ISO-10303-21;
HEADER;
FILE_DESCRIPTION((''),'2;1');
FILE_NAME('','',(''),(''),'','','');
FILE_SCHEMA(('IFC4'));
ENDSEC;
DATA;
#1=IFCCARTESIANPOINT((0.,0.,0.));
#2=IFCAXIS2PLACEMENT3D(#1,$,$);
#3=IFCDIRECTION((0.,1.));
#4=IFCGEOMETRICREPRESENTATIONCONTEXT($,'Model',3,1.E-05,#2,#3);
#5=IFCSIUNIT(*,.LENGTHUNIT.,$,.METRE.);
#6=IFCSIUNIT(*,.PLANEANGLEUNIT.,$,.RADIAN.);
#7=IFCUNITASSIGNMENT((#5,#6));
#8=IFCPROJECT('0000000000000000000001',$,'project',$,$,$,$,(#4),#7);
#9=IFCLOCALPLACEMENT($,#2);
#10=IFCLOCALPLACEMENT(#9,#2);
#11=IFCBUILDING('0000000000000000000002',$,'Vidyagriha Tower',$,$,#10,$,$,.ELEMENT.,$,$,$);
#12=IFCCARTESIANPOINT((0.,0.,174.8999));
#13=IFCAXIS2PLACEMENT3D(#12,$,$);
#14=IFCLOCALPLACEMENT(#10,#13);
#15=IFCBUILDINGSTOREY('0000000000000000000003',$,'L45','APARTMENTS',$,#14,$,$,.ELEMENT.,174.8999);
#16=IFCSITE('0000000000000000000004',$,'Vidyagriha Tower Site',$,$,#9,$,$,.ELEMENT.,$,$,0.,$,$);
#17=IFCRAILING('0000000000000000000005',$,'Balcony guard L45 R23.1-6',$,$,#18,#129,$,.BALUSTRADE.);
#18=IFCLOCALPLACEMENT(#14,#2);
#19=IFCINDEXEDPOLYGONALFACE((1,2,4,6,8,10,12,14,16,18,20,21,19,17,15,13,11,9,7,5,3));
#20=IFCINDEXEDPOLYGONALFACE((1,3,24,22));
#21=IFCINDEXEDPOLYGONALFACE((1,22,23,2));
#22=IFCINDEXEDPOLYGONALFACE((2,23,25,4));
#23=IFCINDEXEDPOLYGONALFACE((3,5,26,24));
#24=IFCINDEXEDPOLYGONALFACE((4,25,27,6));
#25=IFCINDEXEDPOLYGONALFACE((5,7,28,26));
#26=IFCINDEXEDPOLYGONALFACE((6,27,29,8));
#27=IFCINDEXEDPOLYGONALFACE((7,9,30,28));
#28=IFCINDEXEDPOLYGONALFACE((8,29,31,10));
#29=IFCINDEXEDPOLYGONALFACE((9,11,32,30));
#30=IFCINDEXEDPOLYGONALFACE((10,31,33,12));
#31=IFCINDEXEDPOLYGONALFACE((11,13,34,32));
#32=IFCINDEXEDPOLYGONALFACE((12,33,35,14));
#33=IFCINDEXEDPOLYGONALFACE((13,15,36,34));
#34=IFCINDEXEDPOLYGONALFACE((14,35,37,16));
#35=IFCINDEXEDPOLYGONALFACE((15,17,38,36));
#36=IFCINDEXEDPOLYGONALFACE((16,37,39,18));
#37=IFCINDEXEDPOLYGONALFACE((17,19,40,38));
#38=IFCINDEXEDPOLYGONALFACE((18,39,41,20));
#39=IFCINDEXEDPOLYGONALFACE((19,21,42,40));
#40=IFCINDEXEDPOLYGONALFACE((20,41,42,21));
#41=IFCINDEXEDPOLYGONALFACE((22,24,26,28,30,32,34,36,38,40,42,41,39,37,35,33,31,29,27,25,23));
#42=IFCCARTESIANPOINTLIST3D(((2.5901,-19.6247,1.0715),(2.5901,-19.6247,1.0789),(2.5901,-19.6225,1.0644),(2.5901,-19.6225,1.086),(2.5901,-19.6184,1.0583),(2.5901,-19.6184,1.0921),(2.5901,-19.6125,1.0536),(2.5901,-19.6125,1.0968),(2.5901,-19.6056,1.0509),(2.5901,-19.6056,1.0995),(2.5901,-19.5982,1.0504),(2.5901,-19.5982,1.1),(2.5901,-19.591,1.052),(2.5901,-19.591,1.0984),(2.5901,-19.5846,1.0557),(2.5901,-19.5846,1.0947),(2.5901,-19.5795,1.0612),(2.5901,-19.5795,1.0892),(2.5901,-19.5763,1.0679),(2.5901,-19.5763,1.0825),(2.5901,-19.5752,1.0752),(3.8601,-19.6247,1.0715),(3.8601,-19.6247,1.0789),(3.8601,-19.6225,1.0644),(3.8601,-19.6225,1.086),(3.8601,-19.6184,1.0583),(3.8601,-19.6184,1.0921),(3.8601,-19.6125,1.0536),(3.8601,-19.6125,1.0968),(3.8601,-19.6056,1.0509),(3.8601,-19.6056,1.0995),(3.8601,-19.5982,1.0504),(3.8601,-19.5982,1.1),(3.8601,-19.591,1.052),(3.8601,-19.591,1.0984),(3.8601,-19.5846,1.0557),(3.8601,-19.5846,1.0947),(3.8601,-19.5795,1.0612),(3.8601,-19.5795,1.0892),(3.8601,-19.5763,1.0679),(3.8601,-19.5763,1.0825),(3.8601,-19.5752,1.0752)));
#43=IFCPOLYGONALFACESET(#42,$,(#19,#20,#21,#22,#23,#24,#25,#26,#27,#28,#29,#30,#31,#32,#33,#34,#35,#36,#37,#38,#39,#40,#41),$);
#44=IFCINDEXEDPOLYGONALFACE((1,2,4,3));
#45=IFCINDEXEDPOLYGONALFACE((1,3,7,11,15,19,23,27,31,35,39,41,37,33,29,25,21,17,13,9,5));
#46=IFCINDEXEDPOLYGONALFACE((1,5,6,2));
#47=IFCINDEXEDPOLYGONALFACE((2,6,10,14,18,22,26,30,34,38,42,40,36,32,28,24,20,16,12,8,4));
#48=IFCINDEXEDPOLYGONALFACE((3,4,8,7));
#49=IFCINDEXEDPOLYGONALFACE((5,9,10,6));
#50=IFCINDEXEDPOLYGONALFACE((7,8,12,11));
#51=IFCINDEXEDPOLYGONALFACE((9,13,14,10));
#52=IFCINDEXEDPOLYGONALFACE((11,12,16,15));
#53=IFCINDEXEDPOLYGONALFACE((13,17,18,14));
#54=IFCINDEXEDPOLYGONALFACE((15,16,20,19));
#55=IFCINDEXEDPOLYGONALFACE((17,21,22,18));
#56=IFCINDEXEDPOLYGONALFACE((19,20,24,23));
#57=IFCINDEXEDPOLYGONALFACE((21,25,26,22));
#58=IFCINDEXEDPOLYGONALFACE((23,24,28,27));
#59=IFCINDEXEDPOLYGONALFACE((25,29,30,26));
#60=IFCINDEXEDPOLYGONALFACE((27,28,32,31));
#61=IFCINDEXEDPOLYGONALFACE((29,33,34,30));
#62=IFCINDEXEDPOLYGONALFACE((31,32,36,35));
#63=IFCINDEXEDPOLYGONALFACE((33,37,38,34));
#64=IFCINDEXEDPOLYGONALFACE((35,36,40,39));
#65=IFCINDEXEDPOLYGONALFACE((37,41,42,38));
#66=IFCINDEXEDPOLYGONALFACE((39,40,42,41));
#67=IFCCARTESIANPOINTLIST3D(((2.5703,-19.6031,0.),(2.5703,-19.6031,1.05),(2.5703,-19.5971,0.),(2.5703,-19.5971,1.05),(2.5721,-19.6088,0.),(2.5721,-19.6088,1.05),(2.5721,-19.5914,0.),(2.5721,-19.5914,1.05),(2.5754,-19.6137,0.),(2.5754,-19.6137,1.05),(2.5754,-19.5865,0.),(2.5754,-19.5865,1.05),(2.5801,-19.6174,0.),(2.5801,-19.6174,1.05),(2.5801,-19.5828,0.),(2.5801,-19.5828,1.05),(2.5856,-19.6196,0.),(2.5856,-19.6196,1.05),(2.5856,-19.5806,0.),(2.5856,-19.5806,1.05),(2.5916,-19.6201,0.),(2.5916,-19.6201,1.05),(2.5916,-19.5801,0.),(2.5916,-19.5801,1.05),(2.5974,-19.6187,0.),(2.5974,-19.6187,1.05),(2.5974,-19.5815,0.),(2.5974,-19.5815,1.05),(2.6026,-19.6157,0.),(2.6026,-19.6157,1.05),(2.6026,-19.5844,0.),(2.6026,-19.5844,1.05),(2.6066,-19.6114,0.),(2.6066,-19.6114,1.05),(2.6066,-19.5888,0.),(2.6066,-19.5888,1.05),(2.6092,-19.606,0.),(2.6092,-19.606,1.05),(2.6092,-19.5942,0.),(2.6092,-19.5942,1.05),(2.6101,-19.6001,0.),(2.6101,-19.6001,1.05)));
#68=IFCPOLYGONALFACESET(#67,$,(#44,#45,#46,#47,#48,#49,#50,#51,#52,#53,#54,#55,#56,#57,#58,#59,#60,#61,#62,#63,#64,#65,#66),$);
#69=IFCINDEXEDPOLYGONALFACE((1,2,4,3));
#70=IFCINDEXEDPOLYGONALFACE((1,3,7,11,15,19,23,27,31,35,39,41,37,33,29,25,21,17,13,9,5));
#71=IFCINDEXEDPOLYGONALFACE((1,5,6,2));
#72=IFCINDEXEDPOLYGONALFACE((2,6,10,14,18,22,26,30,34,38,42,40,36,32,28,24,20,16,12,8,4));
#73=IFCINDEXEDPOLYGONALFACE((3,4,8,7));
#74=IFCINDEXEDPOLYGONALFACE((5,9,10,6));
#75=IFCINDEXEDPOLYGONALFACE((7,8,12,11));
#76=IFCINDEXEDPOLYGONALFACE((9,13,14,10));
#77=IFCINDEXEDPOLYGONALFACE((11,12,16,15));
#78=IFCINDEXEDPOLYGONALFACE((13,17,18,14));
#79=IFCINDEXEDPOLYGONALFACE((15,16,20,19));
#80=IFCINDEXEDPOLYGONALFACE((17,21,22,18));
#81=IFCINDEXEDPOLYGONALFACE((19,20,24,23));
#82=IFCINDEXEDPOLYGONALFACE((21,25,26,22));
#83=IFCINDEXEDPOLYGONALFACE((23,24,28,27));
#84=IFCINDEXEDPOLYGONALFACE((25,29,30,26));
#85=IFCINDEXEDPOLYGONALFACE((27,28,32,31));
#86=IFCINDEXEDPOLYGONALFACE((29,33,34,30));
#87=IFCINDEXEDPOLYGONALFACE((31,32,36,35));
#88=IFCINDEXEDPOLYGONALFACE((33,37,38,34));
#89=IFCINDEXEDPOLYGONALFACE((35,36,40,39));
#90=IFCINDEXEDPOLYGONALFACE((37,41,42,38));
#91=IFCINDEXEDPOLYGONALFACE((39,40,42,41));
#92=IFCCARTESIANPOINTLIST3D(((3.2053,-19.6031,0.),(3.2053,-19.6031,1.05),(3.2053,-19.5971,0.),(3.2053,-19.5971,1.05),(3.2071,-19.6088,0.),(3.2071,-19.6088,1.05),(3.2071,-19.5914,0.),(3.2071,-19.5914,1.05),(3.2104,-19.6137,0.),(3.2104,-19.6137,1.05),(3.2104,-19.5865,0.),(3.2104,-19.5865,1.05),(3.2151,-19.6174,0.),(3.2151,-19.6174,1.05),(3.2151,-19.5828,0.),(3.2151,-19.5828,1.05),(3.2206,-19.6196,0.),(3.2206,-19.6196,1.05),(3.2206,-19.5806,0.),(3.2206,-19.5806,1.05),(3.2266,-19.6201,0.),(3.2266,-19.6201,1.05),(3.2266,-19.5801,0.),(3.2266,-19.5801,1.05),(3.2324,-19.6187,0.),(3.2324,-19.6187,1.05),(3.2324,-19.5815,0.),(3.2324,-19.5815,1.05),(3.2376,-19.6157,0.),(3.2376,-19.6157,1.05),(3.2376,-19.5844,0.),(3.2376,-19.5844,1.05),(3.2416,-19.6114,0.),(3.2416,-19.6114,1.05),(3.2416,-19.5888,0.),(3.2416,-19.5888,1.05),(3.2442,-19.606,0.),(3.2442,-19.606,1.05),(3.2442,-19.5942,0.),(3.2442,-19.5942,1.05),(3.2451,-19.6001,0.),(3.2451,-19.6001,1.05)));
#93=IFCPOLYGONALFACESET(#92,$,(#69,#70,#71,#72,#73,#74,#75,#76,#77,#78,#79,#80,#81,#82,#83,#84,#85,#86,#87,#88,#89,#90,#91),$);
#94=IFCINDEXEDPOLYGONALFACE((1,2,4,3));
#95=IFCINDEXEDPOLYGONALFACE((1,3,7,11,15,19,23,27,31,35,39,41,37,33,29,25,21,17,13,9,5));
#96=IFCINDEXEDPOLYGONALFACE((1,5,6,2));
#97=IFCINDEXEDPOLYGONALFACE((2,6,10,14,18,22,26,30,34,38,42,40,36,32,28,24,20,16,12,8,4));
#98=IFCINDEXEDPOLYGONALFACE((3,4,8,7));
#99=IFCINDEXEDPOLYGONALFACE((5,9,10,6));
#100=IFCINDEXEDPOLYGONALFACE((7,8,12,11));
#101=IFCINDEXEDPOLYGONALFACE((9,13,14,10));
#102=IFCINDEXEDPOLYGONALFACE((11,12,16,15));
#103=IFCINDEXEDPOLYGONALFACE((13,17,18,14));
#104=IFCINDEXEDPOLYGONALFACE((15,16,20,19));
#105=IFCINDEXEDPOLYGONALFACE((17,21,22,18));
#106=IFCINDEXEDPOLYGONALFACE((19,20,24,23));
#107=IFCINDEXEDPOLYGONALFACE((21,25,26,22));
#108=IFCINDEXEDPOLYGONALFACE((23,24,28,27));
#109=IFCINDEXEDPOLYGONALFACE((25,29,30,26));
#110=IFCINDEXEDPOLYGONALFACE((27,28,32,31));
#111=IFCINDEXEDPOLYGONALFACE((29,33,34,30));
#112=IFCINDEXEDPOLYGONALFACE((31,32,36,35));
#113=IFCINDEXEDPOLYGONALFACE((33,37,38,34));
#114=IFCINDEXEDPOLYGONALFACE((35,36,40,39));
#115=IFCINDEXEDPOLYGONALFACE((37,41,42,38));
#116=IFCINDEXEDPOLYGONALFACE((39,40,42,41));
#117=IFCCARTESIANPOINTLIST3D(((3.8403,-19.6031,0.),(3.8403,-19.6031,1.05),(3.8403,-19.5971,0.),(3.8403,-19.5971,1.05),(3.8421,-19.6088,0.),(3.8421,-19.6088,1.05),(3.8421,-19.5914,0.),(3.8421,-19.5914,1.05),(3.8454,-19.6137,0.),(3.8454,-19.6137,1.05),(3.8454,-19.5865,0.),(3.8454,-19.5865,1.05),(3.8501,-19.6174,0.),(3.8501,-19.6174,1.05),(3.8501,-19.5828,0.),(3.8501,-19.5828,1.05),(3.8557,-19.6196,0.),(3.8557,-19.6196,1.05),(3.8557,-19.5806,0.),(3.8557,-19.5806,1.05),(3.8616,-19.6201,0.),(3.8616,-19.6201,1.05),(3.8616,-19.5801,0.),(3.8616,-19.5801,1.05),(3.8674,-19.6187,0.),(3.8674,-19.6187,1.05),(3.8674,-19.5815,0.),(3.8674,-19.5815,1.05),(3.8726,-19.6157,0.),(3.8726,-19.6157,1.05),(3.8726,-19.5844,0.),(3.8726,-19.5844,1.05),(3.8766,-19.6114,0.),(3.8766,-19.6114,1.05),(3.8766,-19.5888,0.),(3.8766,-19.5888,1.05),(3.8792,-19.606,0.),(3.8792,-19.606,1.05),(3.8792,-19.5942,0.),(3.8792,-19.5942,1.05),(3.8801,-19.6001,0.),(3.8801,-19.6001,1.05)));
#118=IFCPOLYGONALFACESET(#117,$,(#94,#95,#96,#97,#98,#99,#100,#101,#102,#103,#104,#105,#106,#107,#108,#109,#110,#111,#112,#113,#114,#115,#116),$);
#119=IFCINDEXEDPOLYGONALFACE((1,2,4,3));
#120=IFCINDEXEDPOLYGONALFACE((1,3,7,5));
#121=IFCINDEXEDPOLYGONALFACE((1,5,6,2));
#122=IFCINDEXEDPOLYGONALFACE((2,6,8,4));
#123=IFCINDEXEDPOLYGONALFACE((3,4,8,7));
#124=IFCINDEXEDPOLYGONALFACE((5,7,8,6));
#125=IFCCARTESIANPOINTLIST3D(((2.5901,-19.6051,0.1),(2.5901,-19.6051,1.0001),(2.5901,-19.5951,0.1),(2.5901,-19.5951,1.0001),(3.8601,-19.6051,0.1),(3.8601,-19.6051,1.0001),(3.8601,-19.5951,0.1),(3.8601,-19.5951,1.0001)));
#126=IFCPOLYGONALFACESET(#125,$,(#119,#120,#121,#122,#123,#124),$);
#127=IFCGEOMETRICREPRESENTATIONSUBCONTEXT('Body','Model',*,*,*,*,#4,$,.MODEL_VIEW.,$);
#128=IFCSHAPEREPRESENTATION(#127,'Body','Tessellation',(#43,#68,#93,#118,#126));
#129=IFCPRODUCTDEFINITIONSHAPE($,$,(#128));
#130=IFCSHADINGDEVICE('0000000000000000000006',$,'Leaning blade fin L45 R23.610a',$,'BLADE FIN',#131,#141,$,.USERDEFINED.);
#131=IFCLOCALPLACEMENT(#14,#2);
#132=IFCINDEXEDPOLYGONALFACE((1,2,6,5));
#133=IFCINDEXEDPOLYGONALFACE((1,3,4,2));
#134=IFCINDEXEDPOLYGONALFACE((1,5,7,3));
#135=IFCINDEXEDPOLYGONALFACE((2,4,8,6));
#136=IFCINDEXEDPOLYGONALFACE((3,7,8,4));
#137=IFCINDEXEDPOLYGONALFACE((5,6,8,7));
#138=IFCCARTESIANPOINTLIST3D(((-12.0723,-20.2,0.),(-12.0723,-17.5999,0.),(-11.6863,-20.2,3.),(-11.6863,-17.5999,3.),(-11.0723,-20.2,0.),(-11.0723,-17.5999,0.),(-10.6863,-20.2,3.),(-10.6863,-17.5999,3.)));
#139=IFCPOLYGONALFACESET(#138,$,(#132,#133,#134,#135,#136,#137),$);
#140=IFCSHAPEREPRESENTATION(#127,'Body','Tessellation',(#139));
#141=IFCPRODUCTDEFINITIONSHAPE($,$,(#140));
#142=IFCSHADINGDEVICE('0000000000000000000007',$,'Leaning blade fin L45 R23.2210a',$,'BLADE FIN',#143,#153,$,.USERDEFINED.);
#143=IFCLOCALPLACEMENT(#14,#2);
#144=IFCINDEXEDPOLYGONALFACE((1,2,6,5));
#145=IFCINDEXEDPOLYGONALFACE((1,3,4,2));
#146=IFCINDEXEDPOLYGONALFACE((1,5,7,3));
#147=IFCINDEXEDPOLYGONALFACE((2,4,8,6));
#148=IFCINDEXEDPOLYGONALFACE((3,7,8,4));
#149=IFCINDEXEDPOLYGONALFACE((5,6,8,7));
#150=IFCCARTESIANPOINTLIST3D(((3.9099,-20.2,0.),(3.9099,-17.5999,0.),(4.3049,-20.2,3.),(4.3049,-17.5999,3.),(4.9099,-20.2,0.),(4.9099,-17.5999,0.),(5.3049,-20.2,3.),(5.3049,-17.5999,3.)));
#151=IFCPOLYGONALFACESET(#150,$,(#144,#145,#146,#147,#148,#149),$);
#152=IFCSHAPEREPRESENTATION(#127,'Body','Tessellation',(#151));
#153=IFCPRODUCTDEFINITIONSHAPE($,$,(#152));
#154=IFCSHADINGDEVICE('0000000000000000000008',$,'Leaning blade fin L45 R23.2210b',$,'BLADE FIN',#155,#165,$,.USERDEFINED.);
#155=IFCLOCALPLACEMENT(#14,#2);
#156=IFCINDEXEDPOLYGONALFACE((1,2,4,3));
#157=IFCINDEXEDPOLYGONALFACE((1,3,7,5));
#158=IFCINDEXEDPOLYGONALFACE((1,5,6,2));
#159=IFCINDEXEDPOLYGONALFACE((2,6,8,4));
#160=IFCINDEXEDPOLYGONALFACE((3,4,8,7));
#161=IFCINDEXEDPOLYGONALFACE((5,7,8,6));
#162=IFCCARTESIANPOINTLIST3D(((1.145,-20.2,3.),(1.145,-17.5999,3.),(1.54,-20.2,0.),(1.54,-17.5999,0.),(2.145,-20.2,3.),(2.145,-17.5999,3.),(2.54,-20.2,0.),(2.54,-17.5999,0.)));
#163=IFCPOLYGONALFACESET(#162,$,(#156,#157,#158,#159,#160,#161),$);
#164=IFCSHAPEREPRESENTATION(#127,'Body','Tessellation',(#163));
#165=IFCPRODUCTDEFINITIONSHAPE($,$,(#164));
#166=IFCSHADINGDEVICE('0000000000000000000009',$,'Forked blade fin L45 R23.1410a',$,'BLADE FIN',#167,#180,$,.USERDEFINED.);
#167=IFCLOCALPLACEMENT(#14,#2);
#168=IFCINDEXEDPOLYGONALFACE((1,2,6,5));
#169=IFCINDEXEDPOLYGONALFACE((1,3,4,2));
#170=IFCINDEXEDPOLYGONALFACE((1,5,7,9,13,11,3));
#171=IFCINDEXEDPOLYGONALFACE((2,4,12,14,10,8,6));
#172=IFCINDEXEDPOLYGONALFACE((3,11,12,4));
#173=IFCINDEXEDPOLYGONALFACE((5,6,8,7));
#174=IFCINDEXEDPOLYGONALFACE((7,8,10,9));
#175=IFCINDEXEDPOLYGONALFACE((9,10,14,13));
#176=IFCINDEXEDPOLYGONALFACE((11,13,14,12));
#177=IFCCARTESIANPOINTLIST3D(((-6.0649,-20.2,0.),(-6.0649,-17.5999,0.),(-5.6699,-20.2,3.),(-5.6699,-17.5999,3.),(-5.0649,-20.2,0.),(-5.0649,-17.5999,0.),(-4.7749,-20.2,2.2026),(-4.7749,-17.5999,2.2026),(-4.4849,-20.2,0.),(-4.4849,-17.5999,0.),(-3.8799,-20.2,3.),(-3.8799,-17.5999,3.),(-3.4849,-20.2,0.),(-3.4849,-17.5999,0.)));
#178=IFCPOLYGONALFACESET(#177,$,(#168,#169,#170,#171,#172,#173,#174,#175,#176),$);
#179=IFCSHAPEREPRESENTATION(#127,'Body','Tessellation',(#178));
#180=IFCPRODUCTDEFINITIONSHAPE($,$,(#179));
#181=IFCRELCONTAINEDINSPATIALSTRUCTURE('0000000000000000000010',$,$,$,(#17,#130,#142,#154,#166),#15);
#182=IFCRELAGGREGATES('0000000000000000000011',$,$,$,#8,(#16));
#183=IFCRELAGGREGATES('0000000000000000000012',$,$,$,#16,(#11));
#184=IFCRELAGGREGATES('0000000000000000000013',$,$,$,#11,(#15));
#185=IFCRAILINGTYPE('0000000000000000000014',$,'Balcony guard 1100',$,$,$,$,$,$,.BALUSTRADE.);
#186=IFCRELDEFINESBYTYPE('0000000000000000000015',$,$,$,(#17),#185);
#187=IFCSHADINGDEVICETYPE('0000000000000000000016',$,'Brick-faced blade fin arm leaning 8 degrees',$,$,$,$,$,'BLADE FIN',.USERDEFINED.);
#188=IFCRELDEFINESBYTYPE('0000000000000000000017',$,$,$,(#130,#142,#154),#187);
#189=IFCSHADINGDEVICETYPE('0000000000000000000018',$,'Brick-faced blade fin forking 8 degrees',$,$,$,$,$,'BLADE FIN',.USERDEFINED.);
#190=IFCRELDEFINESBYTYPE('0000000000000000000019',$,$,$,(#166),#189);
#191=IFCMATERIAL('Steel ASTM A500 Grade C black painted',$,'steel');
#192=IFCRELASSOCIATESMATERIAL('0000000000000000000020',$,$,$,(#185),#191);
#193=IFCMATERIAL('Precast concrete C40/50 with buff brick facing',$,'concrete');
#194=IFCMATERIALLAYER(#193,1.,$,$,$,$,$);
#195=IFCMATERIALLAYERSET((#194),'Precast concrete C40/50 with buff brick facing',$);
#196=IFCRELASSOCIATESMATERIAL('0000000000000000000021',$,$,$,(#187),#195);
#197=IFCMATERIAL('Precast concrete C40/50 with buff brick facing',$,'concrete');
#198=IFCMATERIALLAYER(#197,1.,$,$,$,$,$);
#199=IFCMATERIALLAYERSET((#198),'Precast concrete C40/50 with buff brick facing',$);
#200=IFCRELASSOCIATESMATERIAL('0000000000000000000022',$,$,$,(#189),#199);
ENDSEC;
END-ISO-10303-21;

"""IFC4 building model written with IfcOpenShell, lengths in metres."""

from ifc_helpers import new_model, si_unit, direction, frame, origin, origin_2d, place, context, subcontext, project, spatial, polyline, rectangle, circle, outline, extrude, material, layer, layer_set, type_object, element, save


model = new_model("IFC4")

# Units and contexts
model_context = context("Model", 3, precision=1e-05, world=origin(), true_north=direction((0.0, 1.0)))
body_context = subcontext(model_context, "Body", "Model", "MODEL_VIEW")
ifc_project = project(units=[si_unit("LENGTHUNIT", "METRE"), si_unit("PLANEANGLEUNIT", "RADIAN")], contexts=[model_context])

# Site, building, storey
site_placement = place(None, origin())
site = spatial("IfcSite", under=ifc_project, at=site_placement, Name="Vidyagriha Tower Site", CompositionType="ELEMENT", RefElevation=0.0)
building_placement = place(site_placement, origin())
building = spatial("IfcBuilding", under=site, at=building_placement, Name="Vidyagriha Tower", CompositionType="ELEMENT")
storey_placement = place(building_placement, frame((0.0, 0.0, 174.8999)))
storey = spatial("IfcBuildingStorey", under=building, at=storey_placement, Name="L45", Description="APARTMENTS", CompositionType="ELEMENT", Elevation=174.8999)

# Railing
ifc_material_1 = material(Name="Steel ASTM A500 Grade C black painted", Category="steel")
railing_type = type_object("IfcRailingType", Name="Balcony guard 1100", PredefinedType="BALUSTRADE", material=ifc_material_1)
railing_1_placement = place(storey_placement, frame((2.5901, -19.6001, 0.0)))
element("IfcRailing", 1, at=railing_1_placement, inside=storey, type_object=railing_type, Name="Balcony guard L45 R23.1-6", PredefinedType="BALUSTRADE", context=body_context, shape_type="SweptSolid", body=[
    extrude(circle(Radius=0.0249, at=origin_2d()), frame((0.0, 0.0, 1.0752), z_axis=(1.0, 0.0, 0.0), x_axis=(0.0, 1.0, 0.0)), (0.0, 0.0, 1.0), 1.27),
    extrude(circle(Radius=0.02, at=origin_2d()), origin(), (0.0, 0.0, 1.0), 1.05),
    extrude(circle(Radius=0.02, at=origin_2d()), frame((0.635, 0.0, 0.0)), (0.0, 0.0, 1.0), 1.05),
    extrude(circle(Radius=0.02, at=origin_2d()), frame((1.27, 0.0, 0.0)), (0.0, 0.0, 1.0), 1.05),
    extrude(rectangle(XDim=0.01, YDim=0.9001, at=origin_2d()), frame((0.0, 0.0, 0.55), z_axis=(1.0, 0.0, 0.0), x_axis=(0.0, 1.0, 0.0)), (0.0, 0.0, 1.0), 1.27),
])

# Shading devices
ifc_material_2 = material(Name="Precast concrete C40/50 with buff brick facing", Category="concrete")
ifc_layer_1 = layer(ifc_material_2, 1.0)
ifc_layer_set_1 = layer_set([ifc_layer_1], Name="Precast concrete C40/50 with buff brick facing")
shading_device_type_1 = type_object("IfcShadingDeviceType", Name="Brick-faced blade fin arm leaning 8 degrees", ElementType="BLADE FIN", PredefinedType="USERDEFINED", material=ifc_layer_set_1)
shading_device_1_placement = place(storey_placement, frame((-12.0723, -18.8999, 0.0)))
element("IfcShadingDevice", 2, at=shading_device_1_placement, inside=storey, type_object=shading_device_type_1, Name="Leaning blade fin L45 R23.610a", ObjectType="BLADE FIN", PredefinedType="USERDEFINED", context=body_context, shape_type="SweptSolid", body=[
    extrude(outline(polyline([(0.0, 0.0), (1.0, 0.0), (1.386, 3.0), (0.386, 3.0), (0.0, 0.0)])), frame((0.0, 1.3, 0.0), z_axis=(0.0, -1.0, 0.0), x_axis=(1.0, 0.0, 0.0)), (0.0, 0.0, 1.0), 2.6001),
])
shading_device_2_placement = place(storey_placement, frame((3.9099, -18.8999, 0.0)))
element("IfcShadingDevice", 3, at=shading_device_2_placement, inside=storey, type_object=shading_device_type_1, Name="Leaning blade fin L45 R23.2210a", ObjectType="BLADE FIN", PredefinedType="USERDEFINED", context=body_context, shape_type="SweptSolid", body=[
    extrude(outline(polyline([(0.0, 0.0), (1.0, 0.0), (1.395, 3.0), (0.395, 3.0), (0.0, 0.0)])), frame((0.0, 1.3, 0.0), z_axis=(0.0, -1.0, 0.0), x_axis=(1.0, 0.0, 0.0)), (0.0, 0.0, 1.0), 2.6001),
])
shading_device_3_placement = place(storey_placement, frame((1.145, -18.8999, 0.0)))
element("IfcShadingDevice", 4, at=shading_device_3_placement, inside=storey, type_object=shading_device_type_1, Name="Leaning blade fin L45 R23.2210b", ObjectType="BLADE FIN", PredefinedType="USERDEFINED", context=body_context, shape_type="SweptSolid", body=[
    extrude(outline(polyline([(0.395, 0.0), (1.395, 0.0), (1.0, 3.0), (0.0, 3.0), (0.395, 0.0)])), frame((0.0, 1.3, 0.0), z_axis=(0.0, -1.0, 0.0), x_axis=(1.0, 0.0, 0.0)), (0.0, 0.0, 1.0), 2.6001),
])
ifc_material_3 = material(Name="Precast concrete C40/50 with buff brick facing", Category="concrete")
ifc_layer_2 = layer(ifc_material_3, 1.0)
ifc_layer_set_2 = layer_set([ifc_layer_2], Name="Precast concrete C40/50 with buff brick facing")
shading_device_type_2 = type_object("IfcShadingDeviceType", Name="Brick-faced blade fin forking 8 degrees", ElementType="BLADE FIN", PredefinedType="USERDEFINED", material=ifc_layer_set_2)
shading_device_4_placement = place(storey_placement, frame((-6.0649, -18.8999, 0.0)))
element("IfcShadingDevice", 5, at=shading_device_4_placement, inside=storey, type_object=shading_device_type_2, Name="Forked blade fin L45 R23.1410a", ObjectType="BLADE FIN", PredefinedType="USERDEFINED", context=body_context, shape_type="SweptSolid", body=[
    extrude(outline(polyline([(1.0, 0.0), (1.29, 2.2026), (1.5801, 0.0), (2.5801, 0.0), (2.1851, 3.0), (0.395, 3.0), (0.0, 0.0), (1.0, 0.0)])), frame((0.0, 1.3, 0.0), z_axis=(0.0, -1.0, 0.0), x_axis=(1.0, 0.0, 0.0)), (0.0, 0.0, 1.0), 2.6001),
])

save(model, "model.ifc")
